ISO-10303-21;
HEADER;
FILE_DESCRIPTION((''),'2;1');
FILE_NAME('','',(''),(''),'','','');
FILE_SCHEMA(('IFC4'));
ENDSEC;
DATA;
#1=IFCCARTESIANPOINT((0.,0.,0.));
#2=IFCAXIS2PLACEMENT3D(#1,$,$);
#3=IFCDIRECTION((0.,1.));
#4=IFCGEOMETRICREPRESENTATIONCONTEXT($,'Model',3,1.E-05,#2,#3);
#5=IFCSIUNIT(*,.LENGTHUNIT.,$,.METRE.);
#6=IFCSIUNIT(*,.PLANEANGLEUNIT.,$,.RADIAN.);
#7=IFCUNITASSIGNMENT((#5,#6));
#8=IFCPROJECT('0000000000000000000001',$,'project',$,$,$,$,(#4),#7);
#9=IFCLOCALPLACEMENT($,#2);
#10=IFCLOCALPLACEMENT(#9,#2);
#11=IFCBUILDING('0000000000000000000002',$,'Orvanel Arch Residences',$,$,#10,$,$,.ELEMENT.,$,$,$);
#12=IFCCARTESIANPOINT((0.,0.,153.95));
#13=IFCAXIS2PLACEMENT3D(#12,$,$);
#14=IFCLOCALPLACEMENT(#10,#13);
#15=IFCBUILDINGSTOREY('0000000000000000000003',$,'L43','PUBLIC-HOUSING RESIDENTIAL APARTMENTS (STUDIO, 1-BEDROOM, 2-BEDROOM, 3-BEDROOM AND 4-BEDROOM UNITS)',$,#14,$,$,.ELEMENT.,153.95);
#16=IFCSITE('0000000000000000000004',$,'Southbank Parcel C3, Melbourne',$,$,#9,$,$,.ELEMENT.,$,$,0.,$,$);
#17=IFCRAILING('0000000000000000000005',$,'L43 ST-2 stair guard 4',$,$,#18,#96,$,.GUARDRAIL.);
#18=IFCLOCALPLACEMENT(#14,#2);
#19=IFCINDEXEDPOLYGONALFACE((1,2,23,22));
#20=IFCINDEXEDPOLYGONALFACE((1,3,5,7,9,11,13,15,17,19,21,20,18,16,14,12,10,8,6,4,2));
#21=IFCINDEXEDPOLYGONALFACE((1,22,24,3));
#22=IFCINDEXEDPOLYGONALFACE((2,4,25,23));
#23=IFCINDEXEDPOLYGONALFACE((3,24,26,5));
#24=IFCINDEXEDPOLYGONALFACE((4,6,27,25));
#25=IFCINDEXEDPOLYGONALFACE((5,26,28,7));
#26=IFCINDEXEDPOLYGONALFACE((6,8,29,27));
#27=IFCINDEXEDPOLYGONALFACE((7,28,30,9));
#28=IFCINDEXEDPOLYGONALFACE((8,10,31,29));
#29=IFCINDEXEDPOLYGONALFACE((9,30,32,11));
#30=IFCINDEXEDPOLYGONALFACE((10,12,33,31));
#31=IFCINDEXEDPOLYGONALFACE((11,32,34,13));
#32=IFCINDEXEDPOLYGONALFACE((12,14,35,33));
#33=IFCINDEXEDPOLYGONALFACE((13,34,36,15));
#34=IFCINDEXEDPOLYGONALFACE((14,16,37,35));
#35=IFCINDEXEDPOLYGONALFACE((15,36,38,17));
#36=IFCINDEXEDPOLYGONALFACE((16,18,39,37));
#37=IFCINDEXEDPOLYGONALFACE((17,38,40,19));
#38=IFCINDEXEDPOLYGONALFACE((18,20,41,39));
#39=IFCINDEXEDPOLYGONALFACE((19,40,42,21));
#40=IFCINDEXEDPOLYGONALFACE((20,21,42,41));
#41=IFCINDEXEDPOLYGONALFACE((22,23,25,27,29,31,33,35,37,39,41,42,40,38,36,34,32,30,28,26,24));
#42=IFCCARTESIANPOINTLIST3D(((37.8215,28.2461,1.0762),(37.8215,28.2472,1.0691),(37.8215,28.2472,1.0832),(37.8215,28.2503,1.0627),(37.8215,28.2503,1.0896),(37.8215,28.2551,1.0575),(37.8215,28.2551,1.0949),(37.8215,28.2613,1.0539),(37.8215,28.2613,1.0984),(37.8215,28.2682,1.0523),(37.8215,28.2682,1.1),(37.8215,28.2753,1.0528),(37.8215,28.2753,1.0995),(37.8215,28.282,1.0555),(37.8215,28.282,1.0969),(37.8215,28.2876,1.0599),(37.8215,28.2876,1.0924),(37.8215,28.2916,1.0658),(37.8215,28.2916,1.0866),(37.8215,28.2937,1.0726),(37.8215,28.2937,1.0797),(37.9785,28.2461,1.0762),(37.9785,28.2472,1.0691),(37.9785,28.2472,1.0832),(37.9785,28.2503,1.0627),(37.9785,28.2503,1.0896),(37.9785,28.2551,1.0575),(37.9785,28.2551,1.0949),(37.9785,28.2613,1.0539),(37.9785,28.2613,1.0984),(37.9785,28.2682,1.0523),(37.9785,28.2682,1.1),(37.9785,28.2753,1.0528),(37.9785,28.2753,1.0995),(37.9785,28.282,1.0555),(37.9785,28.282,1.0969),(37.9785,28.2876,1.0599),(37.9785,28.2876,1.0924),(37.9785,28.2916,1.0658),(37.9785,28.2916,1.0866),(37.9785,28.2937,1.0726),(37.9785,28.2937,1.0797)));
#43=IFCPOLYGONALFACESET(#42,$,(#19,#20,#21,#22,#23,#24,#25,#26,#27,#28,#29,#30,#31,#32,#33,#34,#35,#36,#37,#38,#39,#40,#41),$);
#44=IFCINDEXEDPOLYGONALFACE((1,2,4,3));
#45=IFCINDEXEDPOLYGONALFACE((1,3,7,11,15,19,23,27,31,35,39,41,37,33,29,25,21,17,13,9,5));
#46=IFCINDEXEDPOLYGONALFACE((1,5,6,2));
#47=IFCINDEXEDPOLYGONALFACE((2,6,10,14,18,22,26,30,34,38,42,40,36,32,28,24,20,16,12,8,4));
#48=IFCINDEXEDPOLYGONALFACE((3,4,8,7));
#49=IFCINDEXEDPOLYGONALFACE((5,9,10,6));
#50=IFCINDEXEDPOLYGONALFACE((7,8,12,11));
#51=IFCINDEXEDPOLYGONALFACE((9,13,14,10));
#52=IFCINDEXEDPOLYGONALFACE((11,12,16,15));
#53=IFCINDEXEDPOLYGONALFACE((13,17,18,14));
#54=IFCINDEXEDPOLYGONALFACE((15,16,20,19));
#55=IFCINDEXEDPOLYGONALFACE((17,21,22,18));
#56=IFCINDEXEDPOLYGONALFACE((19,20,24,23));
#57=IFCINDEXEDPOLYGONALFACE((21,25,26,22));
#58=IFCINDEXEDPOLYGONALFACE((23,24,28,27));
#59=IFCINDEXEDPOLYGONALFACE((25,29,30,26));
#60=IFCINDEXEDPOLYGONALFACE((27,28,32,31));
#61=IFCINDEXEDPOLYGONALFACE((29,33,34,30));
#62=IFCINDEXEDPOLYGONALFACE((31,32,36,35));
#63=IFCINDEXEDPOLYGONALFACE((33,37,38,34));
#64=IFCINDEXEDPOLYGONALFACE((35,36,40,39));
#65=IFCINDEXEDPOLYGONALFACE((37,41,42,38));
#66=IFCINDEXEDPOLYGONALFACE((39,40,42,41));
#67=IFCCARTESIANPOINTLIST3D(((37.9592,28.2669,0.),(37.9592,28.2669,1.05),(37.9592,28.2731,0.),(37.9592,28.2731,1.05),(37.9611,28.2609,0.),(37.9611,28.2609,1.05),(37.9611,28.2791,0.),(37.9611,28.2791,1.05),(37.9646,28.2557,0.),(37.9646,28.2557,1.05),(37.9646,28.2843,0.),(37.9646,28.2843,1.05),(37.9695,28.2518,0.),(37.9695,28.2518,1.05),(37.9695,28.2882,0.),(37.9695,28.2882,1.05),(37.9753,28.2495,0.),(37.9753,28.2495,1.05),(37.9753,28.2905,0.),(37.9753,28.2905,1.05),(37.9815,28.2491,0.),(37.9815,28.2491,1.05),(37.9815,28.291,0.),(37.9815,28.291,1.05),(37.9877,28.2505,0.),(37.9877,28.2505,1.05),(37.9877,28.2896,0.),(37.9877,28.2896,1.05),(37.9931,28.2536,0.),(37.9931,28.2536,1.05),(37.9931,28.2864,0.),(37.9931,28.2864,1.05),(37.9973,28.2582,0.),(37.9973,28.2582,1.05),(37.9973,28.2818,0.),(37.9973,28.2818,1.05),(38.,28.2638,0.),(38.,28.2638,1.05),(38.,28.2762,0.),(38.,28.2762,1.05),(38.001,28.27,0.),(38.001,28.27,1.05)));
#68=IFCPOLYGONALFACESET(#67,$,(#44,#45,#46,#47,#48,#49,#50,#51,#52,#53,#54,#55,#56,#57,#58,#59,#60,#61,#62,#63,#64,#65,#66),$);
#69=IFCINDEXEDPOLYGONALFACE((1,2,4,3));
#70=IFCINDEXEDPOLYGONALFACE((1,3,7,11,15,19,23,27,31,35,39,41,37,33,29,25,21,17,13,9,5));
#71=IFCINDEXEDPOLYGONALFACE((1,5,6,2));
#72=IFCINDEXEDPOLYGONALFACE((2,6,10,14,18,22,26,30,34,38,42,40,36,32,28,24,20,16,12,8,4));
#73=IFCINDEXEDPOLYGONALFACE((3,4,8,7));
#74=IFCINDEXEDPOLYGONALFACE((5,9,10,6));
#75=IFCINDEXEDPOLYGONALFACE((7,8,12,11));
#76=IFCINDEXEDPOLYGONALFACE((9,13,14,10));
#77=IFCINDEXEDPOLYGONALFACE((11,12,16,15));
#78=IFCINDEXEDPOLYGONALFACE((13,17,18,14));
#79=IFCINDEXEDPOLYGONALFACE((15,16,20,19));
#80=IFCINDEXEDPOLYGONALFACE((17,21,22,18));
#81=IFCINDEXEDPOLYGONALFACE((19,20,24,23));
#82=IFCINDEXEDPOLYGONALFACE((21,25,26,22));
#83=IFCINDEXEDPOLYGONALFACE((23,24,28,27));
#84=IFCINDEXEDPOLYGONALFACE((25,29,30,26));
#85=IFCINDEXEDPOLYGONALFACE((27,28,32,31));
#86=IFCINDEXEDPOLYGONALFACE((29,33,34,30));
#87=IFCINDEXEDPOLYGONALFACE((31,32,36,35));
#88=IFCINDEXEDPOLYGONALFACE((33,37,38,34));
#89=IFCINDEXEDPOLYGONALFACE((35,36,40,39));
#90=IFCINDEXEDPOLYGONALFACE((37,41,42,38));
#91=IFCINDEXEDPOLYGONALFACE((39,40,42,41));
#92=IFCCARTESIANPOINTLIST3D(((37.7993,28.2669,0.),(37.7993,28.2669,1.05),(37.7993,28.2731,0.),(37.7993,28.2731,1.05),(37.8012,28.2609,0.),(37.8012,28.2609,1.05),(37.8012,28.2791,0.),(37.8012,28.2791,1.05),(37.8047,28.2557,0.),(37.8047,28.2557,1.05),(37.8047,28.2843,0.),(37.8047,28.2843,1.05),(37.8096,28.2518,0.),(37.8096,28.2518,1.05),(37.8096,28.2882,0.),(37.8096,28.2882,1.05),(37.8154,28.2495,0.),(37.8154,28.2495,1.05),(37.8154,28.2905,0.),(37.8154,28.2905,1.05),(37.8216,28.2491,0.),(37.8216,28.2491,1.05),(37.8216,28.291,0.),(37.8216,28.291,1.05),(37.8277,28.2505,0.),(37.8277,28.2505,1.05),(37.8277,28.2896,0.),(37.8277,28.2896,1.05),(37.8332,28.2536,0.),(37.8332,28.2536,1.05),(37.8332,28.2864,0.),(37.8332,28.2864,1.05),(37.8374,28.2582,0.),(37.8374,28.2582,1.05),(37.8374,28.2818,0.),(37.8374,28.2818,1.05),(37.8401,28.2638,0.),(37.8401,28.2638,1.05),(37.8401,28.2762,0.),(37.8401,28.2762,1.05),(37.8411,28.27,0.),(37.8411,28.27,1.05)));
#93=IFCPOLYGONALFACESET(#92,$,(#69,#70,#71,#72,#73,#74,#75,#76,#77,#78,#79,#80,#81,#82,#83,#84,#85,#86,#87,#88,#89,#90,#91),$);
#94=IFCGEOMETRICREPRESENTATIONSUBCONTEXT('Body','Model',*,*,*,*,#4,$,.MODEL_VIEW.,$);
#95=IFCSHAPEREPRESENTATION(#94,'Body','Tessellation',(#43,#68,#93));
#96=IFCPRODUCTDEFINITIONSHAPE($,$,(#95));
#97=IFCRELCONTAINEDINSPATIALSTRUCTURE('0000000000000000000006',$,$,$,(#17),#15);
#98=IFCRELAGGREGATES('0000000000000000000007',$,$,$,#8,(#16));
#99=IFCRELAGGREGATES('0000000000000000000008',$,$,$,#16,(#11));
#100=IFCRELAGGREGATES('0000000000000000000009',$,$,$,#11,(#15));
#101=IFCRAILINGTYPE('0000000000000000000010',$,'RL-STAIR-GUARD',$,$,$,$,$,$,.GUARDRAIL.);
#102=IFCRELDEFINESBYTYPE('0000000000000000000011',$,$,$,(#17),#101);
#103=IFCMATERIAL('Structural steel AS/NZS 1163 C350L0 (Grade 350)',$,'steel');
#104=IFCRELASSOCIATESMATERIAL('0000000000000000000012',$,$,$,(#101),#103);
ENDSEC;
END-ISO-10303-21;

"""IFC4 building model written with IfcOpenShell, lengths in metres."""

from ifc_helpers import new_model, si_unit, direction, frame, origin, origin_2d, place, context, subcontext, project, spatial, circle, extrude, material, type_object, element, save


model = new_model("IFC4")

# Units and contexts
model_context = context("Model", 3, precision=1e-05, world=origin(), true_north=direction((0.0, 1.0)))
body_context = subcontext(model_context, "Body", "Model", "MODEL_VIEW")
ifc_project = project(units=[si_unit("LENGTHUNIT", "METRE"), si_unit("PLANEANGLEUNIT", "RADIAN")], contexts=[model_context])

# Site, building, storey
site_placement = place(None, origin())
site = spatial("IfcSite", under=ifc_project, at=site_placement, Name="Southbank Parcel C3, Melbourne", CompositionType="ELEMENT", RefElevation=0.0)
building_placement = place(site_placement, origin())
building = spatial("IfcBuilding", under=site, at=building_placement, Name="Orvanel Arch Residences", CompositionType="ELEMENT")
storey_placement = place(building_placement, frame((0.0, 0.0, 153.95)))
storey = spatial("IfcBuildingStorey", under=building, at=storey_placement, Name="L43", Description="PUBLIC-HOUSING RESIDENTIAL APARTMENTS (STUDIO, 1-BEDROOM, 2-BEDROOM, 3-BEDROOM AND 4-BEDROOM UNITS)", CompositionType="ELEMENT", Elevation=153.95)

# Railing
ifc_material_1 = material(Name="Structural steel AS/NZS 1163 C350L0 (Grade 350)", Category="steel")
railing_type_1 = type_object("IfcRailingType", Name="RL-STAIR-GUARD", PredefinedType="GUARDRAIL", material=ifc_material_1)
railing_1_placement = place(storey_placement, frame((37.98, 28.27, 0.0)))
element("IfcRailing", 1, at=railing_1_placement, inside=storey, type_object=railing_type_1, Name="L43 ST-2 stair guard 4", PredefinedType="GUARDRAIL", context=body_context, shape_type="SweptSolid", body=[
    extrude(circle(Radius=0.0239, at=origin_2d()), frame((-0.0015, 0.0, 1.0762), z_axis=(-1.0, 0.0, 0.0), x_axis=(0.0, -1.0, 0.0)), (0.0, 0.0, 1.0), 0.157),
    extrude(circle(Radius=0.021, at=origin_2d()), origin(), (0.0, 0.0, 1.0), 1.05),
    extrude(circle(Radius=0.021, at=origin_2d()), frame((-0.1599, 0.0, 0.0)), (0.0, 0.0, 1.0), 1.05),
])

save(model, "model.ifc")
